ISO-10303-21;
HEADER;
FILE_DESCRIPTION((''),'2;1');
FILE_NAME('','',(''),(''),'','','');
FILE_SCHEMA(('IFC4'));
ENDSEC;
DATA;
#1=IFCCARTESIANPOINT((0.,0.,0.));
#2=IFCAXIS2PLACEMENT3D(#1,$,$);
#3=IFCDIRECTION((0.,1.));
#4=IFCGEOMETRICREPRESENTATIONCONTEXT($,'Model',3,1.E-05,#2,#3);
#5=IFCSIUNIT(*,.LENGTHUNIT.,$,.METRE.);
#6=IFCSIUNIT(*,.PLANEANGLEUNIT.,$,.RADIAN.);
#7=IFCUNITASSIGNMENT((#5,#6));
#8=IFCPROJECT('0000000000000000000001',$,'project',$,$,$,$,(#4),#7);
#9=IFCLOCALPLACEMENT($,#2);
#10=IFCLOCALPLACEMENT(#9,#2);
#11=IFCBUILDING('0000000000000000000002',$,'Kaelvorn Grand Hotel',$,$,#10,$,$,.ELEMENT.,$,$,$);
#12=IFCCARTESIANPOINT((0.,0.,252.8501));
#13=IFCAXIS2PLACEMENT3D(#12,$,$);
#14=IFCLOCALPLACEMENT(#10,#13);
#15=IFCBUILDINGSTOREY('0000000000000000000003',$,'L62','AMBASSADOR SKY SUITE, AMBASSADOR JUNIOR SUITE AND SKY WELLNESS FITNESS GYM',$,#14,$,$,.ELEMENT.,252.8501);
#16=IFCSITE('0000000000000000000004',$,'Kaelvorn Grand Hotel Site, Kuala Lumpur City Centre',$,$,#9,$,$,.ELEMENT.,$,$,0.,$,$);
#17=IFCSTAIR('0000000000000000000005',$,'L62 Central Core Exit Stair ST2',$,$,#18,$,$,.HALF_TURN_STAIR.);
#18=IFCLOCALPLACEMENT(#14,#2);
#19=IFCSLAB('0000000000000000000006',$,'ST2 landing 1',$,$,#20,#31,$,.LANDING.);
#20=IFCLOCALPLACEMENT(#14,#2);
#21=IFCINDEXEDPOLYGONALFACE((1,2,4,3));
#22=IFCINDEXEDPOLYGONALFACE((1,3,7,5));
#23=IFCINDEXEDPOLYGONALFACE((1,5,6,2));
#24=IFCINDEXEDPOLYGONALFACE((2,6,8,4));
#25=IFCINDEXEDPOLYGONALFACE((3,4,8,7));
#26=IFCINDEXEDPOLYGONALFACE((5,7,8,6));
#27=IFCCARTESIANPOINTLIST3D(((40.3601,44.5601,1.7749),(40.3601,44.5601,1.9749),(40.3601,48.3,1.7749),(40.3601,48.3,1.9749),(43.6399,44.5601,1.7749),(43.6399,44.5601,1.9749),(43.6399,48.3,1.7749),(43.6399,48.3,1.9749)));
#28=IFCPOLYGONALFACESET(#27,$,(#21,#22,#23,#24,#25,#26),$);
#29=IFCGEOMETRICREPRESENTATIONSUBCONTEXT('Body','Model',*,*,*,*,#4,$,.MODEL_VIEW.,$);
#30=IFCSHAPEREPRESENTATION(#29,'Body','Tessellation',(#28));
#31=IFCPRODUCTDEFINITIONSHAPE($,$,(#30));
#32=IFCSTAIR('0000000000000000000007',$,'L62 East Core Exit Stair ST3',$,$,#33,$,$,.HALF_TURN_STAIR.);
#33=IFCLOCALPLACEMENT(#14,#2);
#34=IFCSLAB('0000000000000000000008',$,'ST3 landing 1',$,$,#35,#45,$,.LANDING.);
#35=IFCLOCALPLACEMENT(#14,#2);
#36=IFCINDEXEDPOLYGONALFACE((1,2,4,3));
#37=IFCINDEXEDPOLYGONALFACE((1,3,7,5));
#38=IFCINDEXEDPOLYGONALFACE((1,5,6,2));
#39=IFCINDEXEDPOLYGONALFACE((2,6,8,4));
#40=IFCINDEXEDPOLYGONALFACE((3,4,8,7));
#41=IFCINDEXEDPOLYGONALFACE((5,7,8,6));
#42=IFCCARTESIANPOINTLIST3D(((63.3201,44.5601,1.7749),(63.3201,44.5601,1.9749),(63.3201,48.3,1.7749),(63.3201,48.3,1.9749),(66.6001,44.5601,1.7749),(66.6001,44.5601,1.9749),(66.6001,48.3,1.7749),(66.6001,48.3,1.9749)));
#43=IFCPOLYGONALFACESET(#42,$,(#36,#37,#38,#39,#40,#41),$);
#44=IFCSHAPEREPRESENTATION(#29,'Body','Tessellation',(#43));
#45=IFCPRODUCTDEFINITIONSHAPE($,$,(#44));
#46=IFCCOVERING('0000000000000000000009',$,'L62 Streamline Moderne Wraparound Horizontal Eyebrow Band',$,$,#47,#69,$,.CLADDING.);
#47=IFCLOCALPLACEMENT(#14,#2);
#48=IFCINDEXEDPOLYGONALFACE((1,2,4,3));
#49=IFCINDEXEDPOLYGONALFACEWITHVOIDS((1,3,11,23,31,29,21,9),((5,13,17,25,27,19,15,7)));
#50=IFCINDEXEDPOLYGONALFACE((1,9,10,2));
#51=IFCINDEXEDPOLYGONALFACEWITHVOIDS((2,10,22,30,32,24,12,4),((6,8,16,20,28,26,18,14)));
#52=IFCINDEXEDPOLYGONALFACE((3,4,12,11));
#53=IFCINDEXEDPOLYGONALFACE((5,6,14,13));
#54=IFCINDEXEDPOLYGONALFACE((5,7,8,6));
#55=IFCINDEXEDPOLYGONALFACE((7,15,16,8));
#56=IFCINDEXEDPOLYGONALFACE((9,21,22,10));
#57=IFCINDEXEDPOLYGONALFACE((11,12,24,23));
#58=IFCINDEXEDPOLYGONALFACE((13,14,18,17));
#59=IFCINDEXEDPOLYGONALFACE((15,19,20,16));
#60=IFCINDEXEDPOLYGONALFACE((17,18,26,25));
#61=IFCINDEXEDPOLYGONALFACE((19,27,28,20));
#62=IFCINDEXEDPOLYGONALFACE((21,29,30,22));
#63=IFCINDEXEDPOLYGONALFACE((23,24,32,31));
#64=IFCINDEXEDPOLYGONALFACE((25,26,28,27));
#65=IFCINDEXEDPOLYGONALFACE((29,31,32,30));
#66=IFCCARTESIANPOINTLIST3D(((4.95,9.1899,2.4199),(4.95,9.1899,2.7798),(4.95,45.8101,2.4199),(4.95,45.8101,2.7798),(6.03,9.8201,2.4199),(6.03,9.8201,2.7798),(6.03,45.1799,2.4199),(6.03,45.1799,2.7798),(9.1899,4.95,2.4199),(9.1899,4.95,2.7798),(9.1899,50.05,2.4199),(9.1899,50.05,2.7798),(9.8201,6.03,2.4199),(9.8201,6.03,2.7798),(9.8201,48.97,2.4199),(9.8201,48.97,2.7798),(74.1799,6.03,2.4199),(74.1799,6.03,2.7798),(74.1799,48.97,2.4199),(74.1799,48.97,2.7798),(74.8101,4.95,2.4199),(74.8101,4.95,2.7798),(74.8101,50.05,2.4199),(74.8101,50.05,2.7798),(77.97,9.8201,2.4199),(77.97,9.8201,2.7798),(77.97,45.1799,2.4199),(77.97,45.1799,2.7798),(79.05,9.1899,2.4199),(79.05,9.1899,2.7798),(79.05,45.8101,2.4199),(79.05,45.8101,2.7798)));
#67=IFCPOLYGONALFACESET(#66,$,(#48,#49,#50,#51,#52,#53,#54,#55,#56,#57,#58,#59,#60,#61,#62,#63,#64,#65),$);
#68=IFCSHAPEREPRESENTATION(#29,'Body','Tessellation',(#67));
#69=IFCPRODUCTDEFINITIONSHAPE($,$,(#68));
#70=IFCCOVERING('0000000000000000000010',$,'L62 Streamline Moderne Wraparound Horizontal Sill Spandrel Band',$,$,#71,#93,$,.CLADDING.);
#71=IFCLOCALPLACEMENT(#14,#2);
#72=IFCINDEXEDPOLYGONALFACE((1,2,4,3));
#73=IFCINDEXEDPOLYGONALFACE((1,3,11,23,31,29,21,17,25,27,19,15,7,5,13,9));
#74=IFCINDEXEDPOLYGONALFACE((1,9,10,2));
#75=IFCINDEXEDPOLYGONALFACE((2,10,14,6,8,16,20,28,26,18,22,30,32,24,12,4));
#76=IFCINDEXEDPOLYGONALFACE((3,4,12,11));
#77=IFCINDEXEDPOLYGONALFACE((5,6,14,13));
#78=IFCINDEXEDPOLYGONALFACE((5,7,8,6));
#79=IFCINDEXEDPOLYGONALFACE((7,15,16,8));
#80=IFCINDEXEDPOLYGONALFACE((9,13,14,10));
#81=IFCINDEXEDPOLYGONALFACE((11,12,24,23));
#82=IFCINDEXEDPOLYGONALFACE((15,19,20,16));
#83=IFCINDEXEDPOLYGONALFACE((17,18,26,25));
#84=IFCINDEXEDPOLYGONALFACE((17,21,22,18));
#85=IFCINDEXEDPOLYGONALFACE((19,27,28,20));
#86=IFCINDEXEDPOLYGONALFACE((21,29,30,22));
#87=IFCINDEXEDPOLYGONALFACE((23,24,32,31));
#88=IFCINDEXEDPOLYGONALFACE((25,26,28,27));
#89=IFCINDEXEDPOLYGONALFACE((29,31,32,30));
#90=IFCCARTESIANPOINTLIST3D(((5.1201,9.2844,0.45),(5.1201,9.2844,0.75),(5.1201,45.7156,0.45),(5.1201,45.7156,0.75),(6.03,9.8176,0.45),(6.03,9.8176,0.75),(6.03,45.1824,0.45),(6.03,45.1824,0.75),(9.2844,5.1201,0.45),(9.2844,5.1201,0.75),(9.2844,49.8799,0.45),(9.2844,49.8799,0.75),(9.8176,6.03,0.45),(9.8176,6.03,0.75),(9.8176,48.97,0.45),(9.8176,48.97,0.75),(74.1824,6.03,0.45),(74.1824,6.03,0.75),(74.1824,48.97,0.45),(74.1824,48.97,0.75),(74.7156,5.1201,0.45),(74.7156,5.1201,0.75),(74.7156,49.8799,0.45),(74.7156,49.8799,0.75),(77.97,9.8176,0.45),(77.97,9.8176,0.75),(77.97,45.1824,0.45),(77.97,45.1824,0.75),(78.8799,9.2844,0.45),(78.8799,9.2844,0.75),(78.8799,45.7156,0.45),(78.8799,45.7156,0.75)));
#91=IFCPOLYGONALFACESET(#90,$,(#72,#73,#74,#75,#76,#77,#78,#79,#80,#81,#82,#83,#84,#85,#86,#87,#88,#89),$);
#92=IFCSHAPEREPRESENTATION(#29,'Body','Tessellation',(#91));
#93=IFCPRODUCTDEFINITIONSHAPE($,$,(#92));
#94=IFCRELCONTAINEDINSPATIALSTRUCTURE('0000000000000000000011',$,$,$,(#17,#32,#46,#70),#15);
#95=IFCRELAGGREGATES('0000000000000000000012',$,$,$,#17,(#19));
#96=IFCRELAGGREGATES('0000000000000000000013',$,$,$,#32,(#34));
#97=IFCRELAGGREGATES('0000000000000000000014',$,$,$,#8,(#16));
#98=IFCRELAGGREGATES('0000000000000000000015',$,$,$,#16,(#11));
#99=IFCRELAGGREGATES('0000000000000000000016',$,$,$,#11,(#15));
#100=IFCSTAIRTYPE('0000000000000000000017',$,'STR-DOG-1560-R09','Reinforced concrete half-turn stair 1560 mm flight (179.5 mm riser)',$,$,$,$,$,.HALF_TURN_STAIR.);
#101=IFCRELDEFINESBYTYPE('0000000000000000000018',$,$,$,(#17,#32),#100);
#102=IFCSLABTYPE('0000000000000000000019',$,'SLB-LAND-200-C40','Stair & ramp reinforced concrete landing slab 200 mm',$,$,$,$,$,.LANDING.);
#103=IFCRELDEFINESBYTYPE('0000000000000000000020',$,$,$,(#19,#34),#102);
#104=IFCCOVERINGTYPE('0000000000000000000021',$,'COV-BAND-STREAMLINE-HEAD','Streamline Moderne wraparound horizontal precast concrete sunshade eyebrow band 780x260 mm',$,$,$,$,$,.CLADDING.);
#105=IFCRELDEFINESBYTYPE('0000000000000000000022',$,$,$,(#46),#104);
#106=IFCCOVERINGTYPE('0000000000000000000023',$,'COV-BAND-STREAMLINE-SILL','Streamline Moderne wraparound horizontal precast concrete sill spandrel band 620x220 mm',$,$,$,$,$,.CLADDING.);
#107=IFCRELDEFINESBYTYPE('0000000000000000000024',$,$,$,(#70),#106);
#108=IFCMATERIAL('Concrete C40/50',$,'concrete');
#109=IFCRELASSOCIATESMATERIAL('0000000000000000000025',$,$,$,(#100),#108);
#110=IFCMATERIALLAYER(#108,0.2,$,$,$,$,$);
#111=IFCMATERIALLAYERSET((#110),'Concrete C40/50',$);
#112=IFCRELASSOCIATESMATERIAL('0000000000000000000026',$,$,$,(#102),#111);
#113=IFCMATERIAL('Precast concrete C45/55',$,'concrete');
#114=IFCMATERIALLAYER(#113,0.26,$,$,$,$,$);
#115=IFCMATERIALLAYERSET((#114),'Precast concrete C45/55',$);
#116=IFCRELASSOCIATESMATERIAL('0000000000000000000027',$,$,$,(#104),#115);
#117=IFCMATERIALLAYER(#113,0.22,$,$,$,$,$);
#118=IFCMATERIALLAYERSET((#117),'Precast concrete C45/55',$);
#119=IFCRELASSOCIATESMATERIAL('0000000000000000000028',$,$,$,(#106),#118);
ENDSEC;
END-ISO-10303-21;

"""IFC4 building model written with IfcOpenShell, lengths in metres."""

from ifc_helpers import new_model, si_unit, direction, frame, origin, place, context, subcontext, project, spatial, polyline, outline, extrude, material, layer, layer_set, type_object, element, aggregate, save


model = new_model("IFC4")

# Units and contexts
model_context = context("Model", 3, precision=1e-05, world=origin(), true_north=direction((0.0, 1.0)))
body_context = subcontext(model_context, "Body", "Model", "MODEL_VIEW")
ifc_project = project(units=[si_unit("LENGTHUNIT", "METRE"), si_unit("PLANEANGLEUNIT", "RADIAN")], contexts=[model_context])

# Site, building, storey
site_placement = place(None, origin())
site = spatial("IfcSite", under=ifc_project, at=site_placement, Name="Kaelvorn Grand Hotel Site, Kuala Lumpur City Centre", CompositionType="ELEMENT", RefElevation=0.0)
building_placement = place(site_placement, origin())
building = spatial("IfcBuilding", under=site, at=building_placement, Name="Kaelvorn Grand Hotel", CompositionType="ELEMENT")
storey_placement = place(building_placement, frame((0.0, 0.0, 252.8501)))
storey = spatial("IfcBuildingStorey", under=building, at=storey_placement, Name="L62", Description="AMBASSADOR SKY SUITE, AMBASSADOR JUNIOR SUITE AND SKY WELLNESS FITNESS GYM", CompositionType="ELEMENT", Elevation=252.8501)

# Shared definitions
ifc_material_1 = material(Name="Precast concrete C45/55", Category="concrete")

# Shared definitions
ifc_material_2 = material(Name="Concrete C40/50", Category="concrete")

# Stairs, slabs
stair_type = type_object("IfcStairType", Name="STR-DOG-1560-R09", Description="Reinforced concrete half-turn stair 1560 mm flight (179.5 mm riser)", PredefinedType="HALF_TURN_STAIR", material=ifc_material_2)
ifc_layer_1 = layer(ifc_material_2, 0.2)
ifc_layer_set_1 = layer_set([ifc_layer_1], Name="Concrete C40/50")
slab_type_1 = type_object("IfcSlabType", Name="SLB-LAND-200-C40", Description="Stair & ramp reinforced concrete landing slab 200 mm", PredefinedType="LANDING", material=ifc_layer_set_1)
stair_1_placement = place(storey_placement, origin())
stair_1 = element("IfcStair", 1, at=stair_1_placement, inside=storey, type_object=stair_type, Name="L62 Central Core Exit Stair ST2", PredefinedType="HALF_TURN_STAIR")
slab_1_placement = place(storey_placement, frame((0.0, 0.0, 1.7749)))
slab_1 = element("IfcSlab", 2, at=slab_1_placement, type_object=slab_type_1, Name="ST2 landing 1", PredefinedType="LANDING", context=body_context, shape_type="SweptSolid", body=[
    extrude(outline(polyline([(43.6399, 44.5601), (43.6399, 48.3), (40.3601, 48.3), (40.3601, 44.5601), (43.6399, 44.5601)])), origin(), (0.0, 0.0, 1.0), 0.2),
])
aggregate(stair_1, [slab_1])
stair_2_placement = place(storey_placement, origin())
stair_2 = element("IfcStair", 3, at=stair_2_placement, inside=storey, type_object=stair_type, Name="L62 East Core Exit Stair ST3", PredefinedType="HALF_TURN_STAIR")
slab_2_placement = place(storey_placement, frame((0.0, 0.0, 1.7749)))
slab_2 = element("IfcSlab", 4, at=slab_2_placement, type_object=slab_type_1, Name="ST3 landing 1", PredefinedType="LANDING", context=body_context, shape_type="SweptSolid", body=[
    extrude(outline(polyline([(66.6001, 44.5601), (66.6001, 48.3), (63.3201, 48.3), (63.3201, 44.5601), (66.6001, 44.5601)])), origin(), (0.0, 0.0, 1.0), 0.2),
])
aggregate(stair_2, [slab_2])

# Coverings
ifc_layer_2 = layer(ifc_material_1, 0.26)
ifc_layer_set_2 = layer_set([ifc_layer_2], Name="Precast concrete C45/55")
covering_type_1 = type_object("IfcCoveringType", Name="COV-BAND-STREAMLINE-HEAD", Description="Streamline Moderne wraparound horizontal precast concrete sunshade eyebrow band 780x260 mm", PredefinedType="CLADDING", material=ifc_layer_set_2)
covering_1_placement = place(storey_placement, frame((0.0, 0.0, 2.4199)))
element("IfcCovering", 5, at=covering_1_placement, inside=storey, type_object=covering_type_1, Name="L62 Streamline Moderne Wraparound Horizontal Eyebrow Band", PredefinedType="CLADDING", context=body_context, shape_type="SweptSolid", body=[
    extrude(outline(polyline([(9.1899, 4.95), (74.8101, 4.95), (79.05, 9.1899), (79.05, 45.8101), (74.8101, 50.05), (9.1899, 50.05), (4.95, 45.8101), (4.95, 9.1899), (9.1899, 4.95)]), holes=[polyline([(9.8201, 6.03), (74.1799, 6.03), (77.97, 9.8201), (77.97, 45.1799), (74.1799, 48.97), (9.8201, 48.97), (6.03, 45.1799), (6.03, 9.8201), (9.8201, 6.03)])]), origin(), (0.0, 0.0, 1.0), 0.3599),
])
ifc_layer_3 = layer(ifc_material_1, 0.22)
ifc_layer_set_3 = layer_set([ifc_layer_3], Name="Precast concrete C45/55")
covering_type_2 = type_object("IfcCoveringType", Name="COV-BAND-STREAMLINE-SILL", Description="Streamline Moderne wraparound horizontal precast concrete sill spandrel band 620x220 mm", PredefinedType="CLADDING", material=ifc_layer_set_3)
covering_2_placement = place(storey_placement, frame((0.0, 0.0, 0.45)))
element("IfcCovering", 6, at=covering_2_placement, inside=storey, type_object=covering_type_2, Name="L62 Streamline Moderne Wraparound Horizontal Sill Spandrel Band", PredefinedType="CLADDING", context=body_context, shape_type="SweptSolid", body=[
    extrude(outline(polyline([(74.7156, 5.1201), (78.8799, 9.2844), (78.8799, 45.7156), (74.7156, 49.8799), (9.2844, 49.8799), (5.1201, 45.7156), (5.1201, 9.2844), (9.2844, 5.1201), (9.8176, 6.03), (6.03, 9.8176), (6.03, 45.1824), (9.8176, 48.97), (74.1824, 48.97), (77.97, 45.1824), (77.97, 9.8176), (74.1824, 6.03), (74.7156, 5.1201)])), origin(), (0.0, 0.0, 1.0), 0.3),
])

save(model, "model.ifc")
